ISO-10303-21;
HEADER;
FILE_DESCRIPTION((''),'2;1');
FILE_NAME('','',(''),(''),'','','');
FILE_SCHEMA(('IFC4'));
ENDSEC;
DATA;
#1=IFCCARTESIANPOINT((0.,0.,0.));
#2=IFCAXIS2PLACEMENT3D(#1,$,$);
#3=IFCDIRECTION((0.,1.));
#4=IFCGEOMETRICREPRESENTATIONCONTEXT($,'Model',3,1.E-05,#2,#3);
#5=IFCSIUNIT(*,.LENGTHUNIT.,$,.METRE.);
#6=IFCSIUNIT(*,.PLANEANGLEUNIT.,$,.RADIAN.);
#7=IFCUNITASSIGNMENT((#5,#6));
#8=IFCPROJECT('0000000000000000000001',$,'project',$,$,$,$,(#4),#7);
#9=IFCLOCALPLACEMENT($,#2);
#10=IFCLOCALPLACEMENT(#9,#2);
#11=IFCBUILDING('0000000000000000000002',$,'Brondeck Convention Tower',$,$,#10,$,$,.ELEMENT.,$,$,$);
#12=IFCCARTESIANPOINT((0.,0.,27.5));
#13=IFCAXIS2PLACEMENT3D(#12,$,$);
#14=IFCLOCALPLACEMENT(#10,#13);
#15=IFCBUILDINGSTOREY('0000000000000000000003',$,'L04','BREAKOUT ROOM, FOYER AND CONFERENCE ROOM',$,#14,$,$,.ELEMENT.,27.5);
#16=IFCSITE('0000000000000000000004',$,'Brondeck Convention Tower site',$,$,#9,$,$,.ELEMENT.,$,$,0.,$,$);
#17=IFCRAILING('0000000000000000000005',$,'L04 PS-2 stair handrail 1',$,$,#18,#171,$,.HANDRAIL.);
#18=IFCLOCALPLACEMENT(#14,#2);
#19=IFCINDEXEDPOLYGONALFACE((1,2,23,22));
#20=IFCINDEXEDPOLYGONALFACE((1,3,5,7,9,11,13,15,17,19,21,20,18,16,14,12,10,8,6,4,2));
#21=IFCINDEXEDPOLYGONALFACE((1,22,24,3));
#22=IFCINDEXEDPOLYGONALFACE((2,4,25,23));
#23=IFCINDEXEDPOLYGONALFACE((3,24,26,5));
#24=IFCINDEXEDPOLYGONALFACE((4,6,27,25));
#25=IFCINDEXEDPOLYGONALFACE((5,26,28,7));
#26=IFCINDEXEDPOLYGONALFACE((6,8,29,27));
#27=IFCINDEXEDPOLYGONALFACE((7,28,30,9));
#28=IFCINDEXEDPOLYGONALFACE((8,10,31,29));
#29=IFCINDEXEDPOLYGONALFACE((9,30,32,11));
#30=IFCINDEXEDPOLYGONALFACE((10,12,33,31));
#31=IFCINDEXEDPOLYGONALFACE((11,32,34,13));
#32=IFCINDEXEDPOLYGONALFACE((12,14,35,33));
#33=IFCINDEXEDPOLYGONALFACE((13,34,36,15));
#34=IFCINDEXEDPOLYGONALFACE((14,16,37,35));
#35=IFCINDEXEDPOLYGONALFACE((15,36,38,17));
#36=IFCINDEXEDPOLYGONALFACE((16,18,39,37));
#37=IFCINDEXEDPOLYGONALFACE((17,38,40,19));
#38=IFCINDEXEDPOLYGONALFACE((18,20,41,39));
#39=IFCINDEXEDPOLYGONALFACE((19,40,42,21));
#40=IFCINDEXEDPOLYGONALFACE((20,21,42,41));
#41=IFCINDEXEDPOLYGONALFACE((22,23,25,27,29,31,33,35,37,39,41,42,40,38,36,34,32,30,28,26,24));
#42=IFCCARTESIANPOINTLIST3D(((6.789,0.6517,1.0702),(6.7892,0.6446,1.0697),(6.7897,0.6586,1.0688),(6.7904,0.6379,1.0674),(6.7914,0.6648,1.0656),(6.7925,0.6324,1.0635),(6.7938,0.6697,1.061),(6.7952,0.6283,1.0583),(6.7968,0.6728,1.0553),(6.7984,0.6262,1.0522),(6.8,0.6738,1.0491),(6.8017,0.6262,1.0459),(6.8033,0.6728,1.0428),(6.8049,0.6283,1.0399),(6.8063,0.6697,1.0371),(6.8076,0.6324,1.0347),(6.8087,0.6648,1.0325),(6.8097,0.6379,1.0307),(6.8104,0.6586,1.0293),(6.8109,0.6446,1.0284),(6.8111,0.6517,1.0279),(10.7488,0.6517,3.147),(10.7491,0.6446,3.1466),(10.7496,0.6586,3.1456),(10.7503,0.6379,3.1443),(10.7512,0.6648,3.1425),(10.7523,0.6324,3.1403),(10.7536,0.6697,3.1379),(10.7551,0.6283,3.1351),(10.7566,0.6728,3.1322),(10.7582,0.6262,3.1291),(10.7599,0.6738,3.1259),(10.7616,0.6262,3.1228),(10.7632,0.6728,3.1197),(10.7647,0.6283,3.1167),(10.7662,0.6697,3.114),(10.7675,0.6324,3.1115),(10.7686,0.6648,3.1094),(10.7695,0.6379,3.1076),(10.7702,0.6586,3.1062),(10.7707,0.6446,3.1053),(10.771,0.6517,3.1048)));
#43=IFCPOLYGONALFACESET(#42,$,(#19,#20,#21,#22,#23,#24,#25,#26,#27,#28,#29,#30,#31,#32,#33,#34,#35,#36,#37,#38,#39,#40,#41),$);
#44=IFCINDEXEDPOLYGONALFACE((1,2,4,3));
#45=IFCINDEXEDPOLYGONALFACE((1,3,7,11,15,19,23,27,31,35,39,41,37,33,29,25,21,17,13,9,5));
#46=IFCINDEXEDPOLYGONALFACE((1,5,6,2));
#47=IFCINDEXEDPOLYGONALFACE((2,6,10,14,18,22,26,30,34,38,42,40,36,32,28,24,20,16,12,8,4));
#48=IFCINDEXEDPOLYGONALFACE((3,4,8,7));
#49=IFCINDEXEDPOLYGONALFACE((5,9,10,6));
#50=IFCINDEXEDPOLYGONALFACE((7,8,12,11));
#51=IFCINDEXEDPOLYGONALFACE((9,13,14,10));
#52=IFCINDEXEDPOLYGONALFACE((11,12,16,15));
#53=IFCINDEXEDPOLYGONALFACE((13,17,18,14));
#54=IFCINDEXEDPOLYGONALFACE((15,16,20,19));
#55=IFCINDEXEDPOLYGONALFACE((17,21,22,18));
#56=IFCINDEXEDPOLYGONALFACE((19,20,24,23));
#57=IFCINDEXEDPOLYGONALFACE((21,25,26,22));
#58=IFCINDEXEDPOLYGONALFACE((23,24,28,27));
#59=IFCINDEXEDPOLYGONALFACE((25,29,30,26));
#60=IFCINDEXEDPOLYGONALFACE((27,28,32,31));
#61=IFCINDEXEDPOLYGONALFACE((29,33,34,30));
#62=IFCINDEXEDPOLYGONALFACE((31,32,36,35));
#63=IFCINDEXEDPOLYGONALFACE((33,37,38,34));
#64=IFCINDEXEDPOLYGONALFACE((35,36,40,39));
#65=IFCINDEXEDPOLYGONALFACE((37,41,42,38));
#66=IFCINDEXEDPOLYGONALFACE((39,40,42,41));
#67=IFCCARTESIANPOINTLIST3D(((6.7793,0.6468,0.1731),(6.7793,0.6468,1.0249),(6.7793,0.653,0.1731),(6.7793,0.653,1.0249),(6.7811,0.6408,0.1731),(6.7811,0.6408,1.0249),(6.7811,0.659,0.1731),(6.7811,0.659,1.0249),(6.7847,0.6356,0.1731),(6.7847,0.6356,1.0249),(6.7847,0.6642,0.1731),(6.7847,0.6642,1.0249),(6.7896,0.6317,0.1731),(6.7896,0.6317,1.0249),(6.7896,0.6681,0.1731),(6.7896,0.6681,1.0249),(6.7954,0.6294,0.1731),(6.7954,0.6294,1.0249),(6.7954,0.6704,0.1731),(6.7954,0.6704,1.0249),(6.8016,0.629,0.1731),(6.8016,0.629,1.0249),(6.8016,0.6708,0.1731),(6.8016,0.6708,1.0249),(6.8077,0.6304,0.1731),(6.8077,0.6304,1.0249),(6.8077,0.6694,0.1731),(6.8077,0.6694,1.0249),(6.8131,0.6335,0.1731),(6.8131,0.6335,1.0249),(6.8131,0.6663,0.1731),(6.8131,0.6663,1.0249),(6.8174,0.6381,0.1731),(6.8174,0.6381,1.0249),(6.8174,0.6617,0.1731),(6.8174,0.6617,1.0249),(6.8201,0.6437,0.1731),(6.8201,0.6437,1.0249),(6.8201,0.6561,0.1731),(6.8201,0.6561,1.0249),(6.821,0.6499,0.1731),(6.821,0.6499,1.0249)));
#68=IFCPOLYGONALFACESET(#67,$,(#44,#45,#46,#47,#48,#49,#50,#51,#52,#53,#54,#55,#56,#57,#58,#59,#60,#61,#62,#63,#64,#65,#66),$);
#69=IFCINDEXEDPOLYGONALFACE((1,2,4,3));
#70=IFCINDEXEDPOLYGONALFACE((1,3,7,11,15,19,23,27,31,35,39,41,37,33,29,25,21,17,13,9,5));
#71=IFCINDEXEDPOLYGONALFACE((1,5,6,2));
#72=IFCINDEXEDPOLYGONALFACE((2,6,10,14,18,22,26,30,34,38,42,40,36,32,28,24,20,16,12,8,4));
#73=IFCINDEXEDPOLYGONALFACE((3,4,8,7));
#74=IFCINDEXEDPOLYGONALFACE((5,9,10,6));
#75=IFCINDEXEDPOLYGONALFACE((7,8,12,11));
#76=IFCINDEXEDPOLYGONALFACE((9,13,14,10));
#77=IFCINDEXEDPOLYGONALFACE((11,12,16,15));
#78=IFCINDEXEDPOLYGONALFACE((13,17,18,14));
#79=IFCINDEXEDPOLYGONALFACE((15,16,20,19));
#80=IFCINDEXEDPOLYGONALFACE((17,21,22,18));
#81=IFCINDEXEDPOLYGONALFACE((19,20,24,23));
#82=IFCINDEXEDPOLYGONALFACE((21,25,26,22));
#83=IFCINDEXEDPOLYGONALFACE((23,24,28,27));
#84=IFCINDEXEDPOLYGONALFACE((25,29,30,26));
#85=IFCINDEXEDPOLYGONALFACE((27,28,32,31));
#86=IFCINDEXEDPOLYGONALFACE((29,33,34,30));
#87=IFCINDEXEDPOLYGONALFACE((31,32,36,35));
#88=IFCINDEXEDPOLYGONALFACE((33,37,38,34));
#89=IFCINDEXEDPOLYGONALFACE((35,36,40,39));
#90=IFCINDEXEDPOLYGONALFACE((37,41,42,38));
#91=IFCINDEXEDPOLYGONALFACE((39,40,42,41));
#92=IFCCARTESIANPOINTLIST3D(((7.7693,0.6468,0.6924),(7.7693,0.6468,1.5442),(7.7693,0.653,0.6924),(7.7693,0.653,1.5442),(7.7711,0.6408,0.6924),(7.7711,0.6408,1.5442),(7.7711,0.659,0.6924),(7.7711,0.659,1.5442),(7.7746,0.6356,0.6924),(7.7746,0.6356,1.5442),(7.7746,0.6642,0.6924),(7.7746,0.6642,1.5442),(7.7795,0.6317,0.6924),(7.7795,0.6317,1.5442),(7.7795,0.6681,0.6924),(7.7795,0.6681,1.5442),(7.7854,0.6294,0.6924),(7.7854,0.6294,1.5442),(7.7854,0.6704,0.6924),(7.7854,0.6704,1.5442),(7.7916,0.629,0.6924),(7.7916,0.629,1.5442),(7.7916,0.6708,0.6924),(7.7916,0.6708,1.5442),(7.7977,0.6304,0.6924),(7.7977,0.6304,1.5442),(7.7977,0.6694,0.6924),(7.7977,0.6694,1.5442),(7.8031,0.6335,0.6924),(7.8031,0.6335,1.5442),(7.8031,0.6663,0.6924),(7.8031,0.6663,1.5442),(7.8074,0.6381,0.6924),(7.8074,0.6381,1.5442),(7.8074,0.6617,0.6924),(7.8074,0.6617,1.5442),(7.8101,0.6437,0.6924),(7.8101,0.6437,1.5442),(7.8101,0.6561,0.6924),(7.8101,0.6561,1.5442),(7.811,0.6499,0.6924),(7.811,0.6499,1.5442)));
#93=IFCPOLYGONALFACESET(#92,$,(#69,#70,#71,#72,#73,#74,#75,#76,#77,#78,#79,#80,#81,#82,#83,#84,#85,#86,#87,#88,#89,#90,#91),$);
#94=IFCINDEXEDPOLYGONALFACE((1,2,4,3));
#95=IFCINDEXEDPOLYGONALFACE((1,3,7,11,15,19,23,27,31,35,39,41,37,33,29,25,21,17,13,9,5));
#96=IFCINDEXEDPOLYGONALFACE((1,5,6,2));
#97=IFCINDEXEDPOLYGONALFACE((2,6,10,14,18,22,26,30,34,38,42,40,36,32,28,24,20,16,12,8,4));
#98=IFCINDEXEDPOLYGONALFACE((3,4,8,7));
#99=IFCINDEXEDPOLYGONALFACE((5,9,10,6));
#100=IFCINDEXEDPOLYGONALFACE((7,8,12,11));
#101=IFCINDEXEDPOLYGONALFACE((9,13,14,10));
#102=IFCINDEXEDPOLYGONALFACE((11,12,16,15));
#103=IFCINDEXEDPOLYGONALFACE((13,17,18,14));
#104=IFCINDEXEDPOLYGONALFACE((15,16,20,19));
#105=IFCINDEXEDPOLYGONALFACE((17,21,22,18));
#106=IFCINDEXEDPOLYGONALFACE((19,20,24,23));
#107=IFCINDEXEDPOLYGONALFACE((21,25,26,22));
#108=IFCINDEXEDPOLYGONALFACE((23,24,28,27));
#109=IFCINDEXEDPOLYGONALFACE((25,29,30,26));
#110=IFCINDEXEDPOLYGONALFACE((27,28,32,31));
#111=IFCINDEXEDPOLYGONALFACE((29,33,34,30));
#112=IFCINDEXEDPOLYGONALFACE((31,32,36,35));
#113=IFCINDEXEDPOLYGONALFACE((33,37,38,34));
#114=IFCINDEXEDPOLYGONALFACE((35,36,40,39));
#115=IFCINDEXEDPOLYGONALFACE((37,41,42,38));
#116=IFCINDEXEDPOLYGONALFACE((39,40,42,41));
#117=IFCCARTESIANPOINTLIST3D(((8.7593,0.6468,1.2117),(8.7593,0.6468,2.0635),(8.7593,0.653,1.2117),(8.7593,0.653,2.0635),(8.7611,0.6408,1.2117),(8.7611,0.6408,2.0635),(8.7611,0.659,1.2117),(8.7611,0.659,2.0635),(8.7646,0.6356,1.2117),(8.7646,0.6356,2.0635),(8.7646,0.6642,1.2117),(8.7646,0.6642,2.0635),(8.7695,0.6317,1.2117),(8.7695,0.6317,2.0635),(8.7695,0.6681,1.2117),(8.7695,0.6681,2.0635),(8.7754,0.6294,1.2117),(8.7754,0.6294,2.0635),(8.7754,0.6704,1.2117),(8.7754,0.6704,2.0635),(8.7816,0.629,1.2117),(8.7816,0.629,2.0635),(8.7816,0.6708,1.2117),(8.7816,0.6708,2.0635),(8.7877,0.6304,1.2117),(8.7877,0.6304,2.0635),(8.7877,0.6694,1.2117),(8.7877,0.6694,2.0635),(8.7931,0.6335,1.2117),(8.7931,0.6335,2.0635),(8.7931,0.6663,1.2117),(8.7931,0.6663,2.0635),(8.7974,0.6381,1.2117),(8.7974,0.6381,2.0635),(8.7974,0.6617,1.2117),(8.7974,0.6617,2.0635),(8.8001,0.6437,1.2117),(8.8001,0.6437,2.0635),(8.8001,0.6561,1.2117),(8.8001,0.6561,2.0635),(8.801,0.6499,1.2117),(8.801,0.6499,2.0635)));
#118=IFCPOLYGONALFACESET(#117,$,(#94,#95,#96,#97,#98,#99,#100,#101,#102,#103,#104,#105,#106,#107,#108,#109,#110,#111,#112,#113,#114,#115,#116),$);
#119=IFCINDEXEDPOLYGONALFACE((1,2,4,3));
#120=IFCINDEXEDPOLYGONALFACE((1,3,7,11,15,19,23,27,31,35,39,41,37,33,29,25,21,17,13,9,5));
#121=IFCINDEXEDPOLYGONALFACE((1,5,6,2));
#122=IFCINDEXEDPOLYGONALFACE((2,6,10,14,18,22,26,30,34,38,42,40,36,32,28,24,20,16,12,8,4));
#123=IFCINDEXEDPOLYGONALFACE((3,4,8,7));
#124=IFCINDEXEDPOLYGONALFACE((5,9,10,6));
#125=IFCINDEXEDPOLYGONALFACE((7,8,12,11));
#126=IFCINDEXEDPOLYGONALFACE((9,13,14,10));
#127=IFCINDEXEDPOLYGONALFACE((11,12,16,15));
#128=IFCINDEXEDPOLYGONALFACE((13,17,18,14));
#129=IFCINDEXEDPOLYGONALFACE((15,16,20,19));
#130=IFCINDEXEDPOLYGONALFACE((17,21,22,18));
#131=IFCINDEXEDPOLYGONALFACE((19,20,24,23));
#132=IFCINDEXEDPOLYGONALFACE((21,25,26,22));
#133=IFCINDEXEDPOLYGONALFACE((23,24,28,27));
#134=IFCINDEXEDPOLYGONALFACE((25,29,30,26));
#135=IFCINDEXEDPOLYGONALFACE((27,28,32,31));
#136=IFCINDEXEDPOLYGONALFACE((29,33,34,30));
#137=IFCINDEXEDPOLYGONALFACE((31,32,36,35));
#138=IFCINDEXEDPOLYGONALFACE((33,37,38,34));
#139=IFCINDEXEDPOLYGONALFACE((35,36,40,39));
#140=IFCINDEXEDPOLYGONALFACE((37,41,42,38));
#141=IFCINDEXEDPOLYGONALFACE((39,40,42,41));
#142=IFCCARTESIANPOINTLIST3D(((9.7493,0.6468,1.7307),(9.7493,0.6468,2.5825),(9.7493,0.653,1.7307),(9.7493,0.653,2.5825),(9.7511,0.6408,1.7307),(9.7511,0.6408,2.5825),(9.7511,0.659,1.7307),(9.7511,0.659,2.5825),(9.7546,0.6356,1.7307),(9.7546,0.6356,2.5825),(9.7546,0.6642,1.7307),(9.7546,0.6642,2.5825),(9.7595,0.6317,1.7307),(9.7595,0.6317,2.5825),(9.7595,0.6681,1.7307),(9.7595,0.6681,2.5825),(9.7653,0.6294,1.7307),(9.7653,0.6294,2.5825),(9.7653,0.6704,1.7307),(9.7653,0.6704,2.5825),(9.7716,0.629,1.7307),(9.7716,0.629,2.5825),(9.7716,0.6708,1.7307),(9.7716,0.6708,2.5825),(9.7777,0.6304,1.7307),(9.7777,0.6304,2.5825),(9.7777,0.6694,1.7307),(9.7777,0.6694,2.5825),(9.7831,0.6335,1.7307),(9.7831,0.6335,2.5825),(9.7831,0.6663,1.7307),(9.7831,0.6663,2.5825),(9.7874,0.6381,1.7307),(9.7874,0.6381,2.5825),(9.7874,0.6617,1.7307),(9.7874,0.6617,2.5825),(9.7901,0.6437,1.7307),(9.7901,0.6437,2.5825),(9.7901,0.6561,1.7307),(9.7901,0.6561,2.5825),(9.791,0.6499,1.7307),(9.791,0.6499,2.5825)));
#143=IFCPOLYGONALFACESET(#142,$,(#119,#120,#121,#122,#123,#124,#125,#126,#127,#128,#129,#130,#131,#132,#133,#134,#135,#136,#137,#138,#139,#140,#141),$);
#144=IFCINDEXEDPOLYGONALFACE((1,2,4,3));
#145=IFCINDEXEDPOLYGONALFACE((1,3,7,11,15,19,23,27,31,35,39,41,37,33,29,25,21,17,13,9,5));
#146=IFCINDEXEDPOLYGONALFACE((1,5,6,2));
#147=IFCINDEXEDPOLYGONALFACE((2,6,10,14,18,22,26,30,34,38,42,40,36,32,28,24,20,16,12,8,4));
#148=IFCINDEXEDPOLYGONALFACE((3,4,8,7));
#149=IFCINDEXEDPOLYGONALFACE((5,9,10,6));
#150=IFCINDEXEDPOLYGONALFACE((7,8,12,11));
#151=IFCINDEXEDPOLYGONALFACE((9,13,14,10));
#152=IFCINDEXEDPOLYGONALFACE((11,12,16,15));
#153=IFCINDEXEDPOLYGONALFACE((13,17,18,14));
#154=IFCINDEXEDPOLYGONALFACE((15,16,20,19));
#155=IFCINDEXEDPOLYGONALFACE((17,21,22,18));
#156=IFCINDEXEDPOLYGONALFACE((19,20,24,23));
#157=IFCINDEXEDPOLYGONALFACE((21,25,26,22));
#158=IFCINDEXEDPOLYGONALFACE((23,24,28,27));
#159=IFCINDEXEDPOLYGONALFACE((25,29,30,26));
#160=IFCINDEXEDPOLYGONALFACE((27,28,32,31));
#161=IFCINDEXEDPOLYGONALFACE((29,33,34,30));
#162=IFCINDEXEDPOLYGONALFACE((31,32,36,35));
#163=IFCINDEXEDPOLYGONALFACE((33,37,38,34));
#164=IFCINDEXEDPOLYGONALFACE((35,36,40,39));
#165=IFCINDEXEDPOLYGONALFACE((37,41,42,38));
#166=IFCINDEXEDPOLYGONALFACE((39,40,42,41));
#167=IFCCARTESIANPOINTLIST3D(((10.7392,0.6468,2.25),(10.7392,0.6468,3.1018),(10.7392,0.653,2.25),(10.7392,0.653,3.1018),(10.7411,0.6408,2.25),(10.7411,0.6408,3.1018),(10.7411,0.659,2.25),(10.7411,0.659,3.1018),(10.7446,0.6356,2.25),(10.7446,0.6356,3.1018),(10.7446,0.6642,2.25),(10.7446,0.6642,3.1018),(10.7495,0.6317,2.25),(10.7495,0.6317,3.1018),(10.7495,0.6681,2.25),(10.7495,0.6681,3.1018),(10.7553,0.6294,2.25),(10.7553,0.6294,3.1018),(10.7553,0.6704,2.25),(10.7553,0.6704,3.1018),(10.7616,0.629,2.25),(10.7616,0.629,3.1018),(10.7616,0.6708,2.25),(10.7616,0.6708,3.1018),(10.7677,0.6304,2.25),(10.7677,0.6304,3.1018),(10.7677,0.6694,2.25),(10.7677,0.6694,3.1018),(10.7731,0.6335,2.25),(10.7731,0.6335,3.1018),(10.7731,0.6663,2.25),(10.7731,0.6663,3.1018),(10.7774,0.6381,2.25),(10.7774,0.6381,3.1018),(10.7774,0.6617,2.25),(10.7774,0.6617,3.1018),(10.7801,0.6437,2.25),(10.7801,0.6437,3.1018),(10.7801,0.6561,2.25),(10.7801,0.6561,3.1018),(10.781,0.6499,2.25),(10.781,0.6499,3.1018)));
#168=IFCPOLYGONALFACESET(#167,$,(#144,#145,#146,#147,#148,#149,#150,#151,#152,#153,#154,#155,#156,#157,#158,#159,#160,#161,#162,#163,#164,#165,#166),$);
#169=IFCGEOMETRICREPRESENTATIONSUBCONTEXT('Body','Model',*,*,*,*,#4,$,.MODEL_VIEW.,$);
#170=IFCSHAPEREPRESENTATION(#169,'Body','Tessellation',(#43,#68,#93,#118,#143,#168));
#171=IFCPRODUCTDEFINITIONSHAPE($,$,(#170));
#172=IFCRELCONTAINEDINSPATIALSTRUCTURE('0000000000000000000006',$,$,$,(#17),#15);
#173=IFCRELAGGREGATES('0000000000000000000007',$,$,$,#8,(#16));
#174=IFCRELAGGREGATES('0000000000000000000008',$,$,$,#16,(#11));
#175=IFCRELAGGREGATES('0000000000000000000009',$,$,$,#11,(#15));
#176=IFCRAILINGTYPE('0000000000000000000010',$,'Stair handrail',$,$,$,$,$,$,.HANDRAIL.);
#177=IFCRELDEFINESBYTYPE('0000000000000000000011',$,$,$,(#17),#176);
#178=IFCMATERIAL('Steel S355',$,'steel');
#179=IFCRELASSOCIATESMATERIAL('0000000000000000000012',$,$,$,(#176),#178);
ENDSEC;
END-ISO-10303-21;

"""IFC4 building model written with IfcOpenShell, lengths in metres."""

from ifc_helpers import new_model, si_unit, direction, frame, origin, origin_2d, place, context, subcontext, project, spatial, circle, extrude, material, type_object, element, save


model = new_model("IFC4")

# Units and contexts
model_context = context("Model", 3, precision=1e-05, world=origin(), true_north=direction((0.0, 1.0)))
body_context = subcontext(model_context, "Body", "Model", "MODEL_VIEW")
ifc_project = project(units=[si_unit("LENGTHUNIT", "METRE"), si_unit("PLANEANGLEUNIT", "RADIAN")], contexts=[model_context])

# Site, building, storey
site_placement = place(None, origin())
site = spatial("IfcSite", under=ifc_project, at=site_placement, Name="Brondeck Convention Tower site", CompositionType="ELEMENT", RefElevation=0.0)
building_placement = place(site_placement, origin())
building = spatial("IfcBuilding", under=site, at=building_placement, Name="Brondeck Convention Tower", CompositionType="ELEMENT")
storey_placement = place(building_placement, frame((0.0, 0.0, 27.5)))
storey = spatial("IfcBuildingStorey", under=building, at=storey_placement, Name="L04", Description="BREAKOUT ROOM, FOYER AND CONFERENCE ROOM", CompositionType="ELEMENT", Elevation=27.5)

# Railing
ifc_material_1 = material(Name="Steel S355", Category="steel")
railing_type_1 = type_object("IfcRailingType", Name="Stair handrail", PredefinedType="HANDRAIL", material=ifc_material_1)
railing_1_placement = place(storey_placement, frame((6.8, 0.6499, 0.1731)))
element("IfcRailing", 1, at=railing_1_placement, inside=storey, type_object=railing_type_1, Name="L04 PS-2 stair handrail 1", PredefinedType="HANDRAIL", context=body_context, shape_type="SweptSolid", body=[
    extrude(circle(Radius=0.0239, at=origin_2d()), frame((0.0, 0.0, 0.876), z_axis=(0.885589, 0.0, 0.46447), x_axis=(0.0, 1.0, 0.0)), (0.0, 0.0, 1.0), 4.4714),
    extrude(circle(Radius=0.021, at=origin_2d()), origin(), (0.0, 0.0, 1.0), 0.8518),
    extrude(circle(Radius=0.021, at=origin_2d()), frame((0.99, 0.0, 0.5193)), (0.0, 0.0, 1.0), 0.8518),
    extrude(circle(Radius=0.021, at=origin_2d()), frame((1.98, 0.0, 1.0386)), (0.0, 0.0, 1.0), 0.8518),
    extrude(circle(Radius=0.021, at=origin_2d()), frame((2.97, 0.0, 1.5576)), (0.0, 0.0, 1.0), 0.8518),
    extrude(circle(Radius=0.021, at=origin_2d()), frame((3.96, 0.0, 2.0769)), (0.0, 0.0, 1.0), 0.8518),
])

save(model, "model.ifc")
